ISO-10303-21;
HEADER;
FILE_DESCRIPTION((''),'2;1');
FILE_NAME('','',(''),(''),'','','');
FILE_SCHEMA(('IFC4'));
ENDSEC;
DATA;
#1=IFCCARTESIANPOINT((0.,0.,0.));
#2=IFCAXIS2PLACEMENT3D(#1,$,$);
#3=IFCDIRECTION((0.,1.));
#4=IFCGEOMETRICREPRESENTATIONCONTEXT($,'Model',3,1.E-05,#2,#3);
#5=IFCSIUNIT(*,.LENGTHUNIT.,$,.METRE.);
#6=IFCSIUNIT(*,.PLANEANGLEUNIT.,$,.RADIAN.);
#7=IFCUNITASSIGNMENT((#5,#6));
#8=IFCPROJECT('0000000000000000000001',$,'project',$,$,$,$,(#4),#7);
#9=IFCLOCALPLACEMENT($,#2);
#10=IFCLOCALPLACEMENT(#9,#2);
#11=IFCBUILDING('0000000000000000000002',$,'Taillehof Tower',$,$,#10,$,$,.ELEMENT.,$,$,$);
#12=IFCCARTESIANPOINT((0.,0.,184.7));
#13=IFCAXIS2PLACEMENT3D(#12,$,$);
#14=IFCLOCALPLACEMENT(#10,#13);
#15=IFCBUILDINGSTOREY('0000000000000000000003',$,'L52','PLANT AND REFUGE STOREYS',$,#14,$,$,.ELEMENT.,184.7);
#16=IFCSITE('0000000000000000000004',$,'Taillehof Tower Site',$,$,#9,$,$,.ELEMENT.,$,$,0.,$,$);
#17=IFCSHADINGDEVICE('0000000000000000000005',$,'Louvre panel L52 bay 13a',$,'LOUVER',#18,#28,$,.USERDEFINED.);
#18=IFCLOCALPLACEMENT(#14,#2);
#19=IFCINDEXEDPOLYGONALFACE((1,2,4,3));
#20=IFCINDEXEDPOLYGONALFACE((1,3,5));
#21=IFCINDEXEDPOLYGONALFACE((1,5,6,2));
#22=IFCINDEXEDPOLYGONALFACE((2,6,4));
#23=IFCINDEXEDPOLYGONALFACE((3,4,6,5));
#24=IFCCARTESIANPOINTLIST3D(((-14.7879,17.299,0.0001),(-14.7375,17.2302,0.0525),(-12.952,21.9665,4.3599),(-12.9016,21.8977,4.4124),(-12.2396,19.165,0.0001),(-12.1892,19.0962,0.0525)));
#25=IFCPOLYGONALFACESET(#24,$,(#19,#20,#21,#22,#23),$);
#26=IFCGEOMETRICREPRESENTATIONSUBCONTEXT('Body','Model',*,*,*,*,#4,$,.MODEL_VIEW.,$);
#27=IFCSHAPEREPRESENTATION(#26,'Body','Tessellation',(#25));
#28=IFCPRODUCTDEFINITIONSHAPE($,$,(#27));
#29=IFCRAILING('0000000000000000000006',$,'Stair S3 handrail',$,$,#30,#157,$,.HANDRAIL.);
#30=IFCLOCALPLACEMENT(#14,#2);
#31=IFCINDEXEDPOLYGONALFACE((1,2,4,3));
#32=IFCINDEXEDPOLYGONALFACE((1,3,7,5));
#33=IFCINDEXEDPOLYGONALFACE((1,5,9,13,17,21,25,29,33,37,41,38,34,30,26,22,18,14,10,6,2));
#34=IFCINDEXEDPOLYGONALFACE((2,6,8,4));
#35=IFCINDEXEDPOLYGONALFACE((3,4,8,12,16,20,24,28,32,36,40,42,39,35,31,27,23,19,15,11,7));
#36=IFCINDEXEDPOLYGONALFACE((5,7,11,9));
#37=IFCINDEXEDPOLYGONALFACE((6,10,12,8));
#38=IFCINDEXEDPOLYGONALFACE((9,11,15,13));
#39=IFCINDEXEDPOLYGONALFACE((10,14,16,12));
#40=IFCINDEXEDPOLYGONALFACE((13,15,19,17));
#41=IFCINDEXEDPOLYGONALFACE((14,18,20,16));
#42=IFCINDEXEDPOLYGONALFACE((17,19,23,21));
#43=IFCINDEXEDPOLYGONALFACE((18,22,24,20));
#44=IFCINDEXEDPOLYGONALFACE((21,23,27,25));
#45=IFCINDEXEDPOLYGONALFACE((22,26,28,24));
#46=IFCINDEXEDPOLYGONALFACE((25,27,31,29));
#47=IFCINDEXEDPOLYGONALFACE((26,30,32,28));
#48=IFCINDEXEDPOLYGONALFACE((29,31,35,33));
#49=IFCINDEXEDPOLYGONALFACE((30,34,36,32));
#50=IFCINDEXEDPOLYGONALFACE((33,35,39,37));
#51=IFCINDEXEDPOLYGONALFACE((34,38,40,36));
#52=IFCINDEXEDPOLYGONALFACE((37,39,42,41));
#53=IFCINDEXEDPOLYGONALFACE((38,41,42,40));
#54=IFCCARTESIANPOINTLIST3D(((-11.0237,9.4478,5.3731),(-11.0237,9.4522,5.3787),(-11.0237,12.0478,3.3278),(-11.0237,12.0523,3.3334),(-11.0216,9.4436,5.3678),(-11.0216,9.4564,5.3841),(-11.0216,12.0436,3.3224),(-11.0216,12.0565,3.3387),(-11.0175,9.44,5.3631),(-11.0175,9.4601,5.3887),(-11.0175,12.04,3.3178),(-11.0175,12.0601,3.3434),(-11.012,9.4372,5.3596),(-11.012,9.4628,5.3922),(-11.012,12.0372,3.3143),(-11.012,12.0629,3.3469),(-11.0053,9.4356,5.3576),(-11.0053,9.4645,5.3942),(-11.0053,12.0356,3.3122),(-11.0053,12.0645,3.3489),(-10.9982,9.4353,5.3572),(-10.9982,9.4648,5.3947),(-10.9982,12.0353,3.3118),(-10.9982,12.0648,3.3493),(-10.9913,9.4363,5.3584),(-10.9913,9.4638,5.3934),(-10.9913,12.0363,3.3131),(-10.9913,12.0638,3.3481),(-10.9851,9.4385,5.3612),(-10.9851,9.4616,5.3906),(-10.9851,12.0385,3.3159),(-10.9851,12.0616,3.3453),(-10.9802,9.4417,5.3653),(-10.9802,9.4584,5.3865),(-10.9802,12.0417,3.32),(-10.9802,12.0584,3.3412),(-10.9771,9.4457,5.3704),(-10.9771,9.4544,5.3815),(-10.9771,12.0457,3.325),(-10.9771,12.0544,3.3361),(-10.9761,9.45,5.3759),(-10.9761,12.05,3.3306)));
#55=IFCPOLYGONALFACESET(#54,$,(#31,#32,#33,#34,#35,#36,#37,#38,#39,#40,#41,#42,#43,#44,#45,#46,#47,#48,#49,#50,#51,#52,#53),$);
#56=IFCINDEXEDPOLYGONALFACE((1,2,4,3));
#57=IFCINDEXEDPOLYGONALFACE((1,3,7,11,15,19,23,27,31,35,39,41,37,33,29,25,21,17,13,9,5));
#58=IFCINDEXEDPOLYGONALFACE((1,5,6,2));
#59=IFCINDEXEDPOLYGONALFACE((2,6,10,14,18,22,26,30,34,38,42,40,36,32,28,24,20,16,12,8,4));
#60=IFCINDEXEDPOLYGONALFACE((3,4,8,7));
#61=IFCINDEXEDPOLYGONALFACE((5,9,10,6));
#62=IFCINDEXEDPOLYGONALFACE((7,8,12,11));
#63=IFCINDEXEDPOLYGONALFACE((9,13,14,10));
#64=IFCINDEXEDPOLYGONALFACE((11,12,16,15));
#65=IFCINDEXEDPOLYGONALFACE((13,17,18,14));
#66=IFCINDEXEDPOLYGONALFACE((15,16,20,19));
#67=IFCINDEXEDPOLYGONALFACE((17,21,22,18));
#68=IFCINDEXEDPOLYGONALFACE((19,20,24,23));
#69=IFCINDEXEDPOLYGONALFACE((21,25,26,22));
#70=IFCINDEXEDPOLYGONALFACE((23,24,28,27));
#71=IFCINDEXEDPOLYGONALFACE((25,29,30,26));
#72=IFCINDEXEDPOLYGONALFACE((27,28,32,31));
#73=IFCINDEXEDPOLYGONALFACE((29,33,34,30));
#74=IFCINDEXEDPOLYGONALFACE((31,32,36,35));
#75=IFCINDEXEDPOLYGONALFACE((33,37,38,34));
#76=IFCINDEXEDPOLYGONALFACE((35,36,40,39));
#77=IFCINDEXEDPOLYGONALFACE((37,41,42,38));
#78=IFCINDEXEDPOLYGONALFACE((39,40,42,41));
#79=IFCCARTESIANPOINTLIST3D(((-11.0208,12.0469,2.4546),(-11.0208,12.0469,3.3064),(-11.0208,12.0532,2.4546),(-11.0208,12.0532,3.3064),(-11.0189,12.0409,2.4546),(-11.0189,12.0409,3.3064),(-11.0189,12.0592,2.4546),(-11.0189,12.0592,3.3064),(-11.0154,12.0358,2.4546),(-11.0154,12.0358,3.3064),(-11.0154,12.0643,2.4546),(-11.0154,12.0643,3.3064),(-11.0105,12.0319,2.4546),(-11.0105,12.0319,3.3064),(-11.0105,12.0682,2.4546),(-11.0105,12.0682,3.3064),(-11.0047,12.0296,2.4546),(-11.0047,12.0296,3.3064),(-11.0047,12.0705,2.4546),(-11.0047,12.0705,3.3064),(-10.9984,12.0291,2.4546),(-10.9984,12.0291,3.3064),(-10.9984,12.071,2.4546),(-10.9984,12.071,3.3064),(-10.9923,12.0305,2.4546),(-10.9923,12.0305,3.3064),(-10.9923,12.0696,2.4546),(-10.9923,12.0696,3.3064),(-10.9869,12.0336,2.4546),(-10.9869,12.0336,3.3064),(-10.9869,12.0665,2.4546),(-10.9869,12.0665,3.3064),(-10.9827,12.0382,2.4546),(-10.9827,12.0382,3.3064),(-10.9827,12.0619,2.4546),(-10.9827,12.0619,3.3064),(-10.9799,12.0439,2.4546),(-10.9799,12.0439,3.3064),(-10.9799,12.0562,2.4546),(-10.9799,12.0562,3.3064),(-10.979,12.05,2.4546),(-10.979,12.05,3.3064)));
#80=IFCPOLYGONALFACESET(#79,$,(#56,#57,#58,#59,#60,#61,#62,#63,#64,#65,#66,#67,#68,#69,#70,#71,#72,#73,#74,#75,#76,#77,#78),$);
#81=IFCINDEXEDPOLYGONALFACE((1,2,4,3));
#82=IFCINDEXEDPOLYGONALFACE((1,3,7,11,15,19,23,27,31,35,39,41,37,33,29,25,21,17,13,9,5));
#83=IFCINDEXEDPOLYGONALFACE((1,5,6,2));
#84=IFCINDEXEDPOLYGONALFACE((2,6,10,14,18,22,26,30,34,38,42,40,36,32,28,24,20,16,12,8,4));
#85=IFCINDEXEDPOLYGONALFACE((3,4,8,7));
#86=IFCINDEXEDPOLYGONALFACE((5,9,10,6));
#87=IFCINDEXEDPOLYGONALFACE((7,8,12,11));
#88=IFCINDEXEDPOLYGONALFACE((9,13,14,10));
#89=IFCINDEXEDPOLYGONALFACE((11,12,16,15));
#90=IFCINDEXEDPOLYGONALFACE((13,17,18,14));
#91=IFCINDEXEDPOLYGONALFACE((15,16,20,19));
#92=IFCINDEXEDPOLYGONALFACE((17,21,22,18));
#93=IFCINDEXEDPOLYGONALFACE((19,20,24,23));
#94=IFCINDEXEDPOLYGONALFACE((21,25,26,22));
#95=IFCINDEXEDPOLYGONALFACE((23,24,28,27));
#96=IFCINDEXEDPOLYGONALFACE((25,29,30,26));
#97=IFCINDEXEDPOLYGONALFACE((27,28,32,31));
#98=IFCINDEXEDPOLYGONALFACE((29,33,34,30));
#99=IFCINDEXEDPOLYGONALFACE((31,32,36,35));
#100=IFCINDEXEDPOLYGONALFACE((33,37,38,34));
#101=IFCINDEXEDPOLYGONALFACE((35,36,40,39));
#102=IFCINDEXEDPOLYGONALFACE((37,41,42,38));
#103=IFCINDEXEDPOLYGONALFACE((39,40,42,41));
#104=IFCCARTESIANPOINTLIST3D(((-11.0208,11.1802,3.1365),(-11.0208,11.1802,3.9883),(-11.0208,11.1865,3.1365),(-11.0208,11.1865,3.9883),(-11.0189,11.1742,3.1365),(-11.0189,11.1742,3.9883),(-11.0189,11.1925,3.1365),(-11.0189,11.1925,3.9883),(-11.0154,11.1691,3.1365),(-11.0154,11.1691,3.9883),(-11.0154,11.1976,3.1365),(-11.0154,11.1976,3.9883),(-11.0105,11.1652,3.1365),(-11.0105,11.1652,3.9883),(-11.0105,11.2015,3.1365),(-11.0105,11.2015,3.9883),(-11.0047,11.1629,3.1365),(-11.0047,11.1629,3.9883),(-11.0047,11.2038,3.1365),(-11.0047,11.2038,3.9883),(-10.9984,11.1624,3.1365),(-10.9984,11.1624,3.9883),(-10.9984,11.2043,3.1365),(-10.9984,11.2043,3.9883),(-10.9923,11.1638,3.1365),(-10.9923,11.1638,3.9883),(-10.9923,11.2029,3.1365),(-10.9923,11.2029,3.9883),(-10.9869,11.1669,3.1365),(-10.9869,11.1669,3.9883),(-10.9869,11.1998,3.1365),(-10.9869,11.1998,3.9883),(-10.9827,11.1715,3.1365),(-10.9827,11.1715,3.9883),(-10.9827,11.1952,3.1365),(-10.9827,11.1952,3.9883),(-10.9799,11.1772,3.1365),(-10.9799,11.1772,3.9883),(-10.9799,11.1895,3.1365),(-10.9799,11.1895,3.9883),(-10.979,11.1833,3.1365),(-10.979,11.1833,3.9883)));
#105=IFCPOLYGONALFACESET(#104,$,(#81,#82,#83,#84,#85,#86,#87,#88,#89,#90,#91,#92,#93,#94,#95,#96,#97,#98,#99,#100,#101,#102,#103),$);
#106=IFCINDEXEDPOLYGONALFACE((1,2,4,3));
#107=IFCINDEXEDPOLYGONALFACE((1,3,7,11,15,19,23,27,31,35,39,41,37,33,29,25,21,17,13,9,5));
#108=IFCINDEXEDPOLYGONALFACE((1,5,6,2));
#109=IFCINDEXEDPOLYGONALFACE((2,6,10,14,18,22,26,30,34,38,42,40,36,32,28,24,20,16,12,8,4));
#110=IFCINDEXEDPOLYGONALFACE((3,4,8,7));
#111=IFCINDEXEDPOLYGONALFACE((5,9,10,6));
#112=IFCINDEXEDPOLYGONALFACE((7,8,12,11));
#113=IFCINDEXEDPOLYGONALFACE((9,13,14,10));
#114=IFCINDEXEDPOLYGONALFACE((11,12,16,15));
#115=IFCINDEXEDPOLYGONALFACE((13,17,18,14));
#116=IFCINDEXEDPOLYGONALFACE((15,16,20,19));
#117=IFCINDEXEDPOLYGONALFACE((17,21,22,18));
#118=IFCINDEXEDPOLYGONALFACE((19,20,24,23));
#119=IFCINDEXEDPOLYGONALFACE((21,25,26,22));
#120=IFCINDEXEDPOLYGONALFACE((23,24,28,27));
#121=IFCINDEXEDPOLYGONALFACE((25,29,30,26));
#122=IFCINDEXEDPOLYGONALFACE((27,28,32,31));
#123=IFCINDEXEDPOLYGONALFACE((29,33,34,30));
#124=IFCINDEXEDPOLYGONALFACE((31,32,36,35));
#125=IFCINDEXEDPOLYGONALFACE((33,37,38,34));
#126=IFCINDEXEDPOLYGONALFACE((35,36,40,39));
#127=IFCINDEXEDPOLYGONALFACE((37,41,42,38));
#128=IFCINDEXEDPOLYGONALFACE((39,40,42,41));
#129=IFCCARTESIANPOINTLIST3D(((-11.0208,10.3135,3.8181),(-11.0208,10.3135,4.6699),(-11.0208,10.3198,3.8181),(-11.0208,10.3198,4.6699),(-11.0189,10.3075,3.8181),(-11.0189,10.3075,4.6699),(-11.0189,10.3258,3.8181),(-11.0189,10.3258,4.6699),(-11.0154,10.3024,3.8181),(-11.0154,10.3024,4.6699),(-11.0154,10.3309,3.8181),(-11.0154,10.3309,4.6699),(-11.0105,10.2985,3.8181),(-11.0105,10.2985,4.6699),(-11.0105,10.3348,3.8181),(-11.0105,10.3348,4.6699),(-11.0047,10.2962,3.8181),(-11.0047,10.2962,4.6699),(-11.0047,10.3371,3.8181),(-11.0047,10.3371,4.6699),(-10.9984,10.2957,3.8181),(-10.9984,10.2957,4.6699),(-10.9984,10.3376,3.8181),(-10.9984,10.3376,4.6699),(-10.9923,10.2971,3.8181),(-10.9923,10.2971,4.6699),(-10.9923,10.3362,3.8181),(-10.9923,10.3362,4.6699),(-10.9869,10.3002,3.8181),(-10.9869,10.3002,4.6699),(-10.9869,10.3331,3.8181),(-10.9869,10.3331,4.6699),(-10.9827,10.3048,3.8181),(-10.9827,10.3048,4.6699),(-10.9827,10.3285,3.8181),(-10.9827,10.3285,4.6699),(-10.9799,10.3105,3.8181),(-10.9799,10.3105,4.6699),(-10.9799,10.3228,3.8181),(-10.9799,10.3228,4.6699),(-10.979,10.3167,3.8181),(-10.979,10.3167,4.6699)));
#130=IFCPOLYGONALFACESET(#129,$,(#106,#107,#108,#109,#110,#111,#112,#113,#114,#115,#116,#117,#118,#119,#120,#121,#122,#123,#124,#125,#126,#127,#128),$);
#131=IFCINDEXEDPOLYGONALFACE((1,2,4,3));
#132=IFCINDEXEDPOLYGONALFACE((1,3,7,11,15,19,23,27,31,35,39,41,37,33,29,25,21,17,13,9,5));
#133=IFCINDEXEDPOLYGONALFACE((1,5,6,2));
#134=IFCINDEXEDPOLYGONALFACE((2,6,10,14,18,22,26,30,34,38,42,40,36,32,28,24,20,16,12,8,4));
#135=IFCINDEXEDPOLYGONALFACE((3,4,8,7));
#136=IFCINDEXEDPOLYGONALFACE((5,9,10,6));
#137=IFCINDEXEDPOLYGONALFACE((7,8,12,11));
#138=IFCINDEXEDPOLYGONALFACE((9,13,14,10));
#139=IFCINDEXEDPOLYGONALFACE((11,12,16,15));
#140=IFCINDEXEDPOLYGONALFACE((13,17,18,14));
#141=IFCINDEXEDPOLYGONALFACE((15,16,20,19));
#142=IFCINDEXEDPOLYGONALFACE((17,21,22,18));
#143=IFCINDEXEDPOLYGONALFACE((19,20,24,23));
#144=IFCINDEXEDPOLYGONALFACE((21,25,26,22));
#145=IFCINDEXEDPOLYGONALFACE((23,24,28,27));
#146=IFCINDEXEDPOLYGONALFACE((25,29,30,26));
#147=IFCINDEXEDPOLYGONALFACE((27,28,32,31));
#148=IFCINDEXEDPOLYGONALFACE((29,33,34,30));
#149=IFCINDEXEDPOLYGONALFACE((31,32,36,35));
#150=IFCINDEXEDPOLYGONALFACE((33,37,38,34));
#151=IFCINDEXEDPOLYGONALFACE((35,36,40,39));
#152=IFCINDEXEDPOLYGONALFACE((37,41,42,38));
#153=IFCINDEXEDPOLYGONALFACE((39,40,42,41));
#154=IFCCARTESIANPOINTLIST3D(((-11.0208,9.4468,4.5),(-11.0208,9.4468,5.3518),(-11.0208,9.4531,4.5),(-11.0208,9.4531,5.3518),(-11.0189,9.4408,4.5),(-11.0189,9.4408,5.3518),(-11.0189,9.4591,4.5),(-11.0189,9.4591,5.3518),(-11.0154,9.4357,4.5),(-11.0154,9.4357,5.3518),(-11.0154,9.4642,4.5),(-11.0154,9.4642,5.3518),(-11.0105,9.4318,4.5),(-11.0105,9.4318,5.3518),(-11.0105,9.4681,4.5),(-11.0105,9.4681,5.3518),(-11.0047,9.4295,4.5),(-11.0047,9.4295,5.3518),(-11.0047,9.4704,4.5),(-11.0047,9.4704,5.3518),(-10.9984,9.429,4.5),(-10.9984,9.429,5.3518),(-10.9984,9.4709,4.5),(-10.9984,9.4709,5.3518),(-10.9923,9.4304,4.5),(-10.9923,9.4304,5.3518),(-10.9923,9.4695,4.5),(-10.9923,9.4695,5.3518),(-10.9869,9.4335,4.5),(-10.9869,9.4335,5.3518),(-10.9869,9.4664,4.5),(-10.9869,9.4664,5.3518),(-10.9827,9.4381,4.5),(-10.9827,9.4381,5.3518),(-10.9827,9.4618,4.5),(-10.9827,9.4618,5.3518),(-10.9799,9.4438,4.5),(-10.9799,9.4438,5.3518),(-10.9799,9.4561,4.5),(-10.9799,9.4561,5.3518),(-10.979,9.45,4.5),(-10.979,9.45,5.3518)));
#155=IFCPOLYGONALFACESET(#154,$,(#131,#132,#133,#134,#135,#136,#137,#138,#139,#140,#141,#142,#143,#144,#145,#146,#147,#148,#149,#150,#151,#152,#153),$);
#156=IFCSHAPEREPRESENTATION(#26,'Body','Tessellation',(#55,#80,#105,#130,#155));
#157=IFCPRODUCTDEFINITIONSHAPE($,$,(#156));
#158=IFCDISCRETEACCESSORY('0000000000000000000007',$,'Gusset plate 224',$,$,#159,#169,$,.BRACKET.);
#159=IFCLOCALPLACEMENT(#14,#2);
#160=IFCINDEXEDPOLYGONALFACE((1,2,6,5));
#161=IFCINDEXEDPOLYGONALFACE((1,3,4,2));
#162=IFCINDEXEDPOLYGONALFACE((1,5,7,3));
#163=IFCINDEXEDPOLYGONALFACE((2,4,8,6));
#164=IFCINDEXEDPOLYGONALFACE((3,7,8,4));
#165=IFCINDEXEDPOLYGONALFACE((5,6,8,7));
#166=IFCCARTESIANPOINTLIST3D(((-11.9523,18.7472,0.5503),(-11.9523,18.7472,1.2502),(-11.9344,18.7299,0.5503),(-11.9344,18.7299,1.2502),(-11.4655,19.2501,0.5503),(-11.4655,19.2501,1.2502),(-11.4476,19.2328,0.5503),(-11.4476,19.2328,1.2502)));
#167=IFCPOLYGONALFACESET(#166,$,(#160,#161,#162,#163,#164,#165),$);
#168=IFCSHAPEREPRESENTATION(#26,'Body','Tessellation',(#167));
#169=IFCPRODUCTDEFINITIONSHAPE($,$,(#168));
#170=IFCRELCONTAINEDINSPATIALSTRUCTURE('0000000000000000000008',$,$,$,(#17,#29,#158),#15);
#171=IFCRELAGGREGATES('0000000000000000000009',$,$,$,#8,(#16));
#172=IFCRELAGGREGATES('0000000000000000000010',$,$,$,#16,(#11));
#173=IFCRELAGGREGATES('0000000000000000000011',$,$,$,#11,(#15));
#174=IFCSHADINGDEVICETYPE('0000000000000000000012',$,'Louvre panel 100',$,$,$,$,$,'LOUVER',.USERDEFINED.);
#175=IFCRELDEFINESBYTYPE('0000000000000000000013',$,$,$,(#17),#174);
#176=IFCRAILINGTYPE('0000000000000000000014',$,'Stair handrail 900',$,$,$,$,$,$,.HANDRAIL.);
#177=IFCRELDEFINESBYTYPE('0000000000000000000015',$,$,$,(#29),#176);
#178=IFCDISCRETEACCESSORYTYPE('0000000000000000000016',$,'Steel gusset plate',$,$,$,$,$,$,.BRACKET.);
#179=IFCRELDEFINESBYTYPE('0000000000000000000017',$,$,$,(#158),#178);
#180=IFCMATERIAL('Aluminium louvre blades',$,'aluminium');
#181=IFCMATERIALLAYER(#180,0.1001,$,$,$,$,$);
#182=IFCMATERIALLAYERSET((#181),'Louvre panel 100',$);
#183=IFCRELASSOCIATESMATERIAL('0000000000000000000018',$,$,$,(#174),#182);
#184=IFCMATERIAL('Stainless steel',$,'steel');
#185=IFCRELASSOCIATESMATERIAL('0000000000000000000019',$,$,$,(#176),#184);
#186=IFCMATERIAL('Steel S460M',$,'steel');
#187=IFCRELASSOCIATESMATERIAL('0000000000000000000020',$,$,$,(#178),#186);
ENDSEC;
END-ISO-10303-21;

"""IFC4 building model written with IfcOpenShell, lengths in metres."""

from ifc_helpers import new_model, si_unit, direction, frame, origin, origin_2d, place, context, subcontext, project, spatial, polyline, rectangle, circle, outline, extrude, material, layer, layer_set, type_object, element, save


model = new_model("IFC4")

# Units and contexts
model_context = context("Model", 3, precision=1e-05, world=origin(), true_north=direction((0.0, 1.0)))
body_context = subcontext(model_context, "Body", "Model", "MODEL_VIEW")
ifc_project = project(units=[si_unit("LENGTHUNIT", "METRE"), si_unit("PLANEANGLEUNIT", "RADIAN")], contexts=[model_context])

# Site, building, storey
site_placement = place(None, origin())
site = spatial("IfcSite", under=ifc_project, at=site_placement, Name="Taillehof Tower Site", CompositionType="ELEMENT", RefElevation=0.0)
building_placement = place(site_placement, origin())
building = spatial("IfcBuilding", under=site, at=building_placement, Name="Taillehof Tower", CompositionType="ELEMENT")
storey_placement = place(building_placement, frame((0.0, 0.0, 184.7)))
storey = spatial("IfcBuildingStorey", under=building, at=storey_placement, Name="L52", Description="PLANT AND REFUGE STOREYS", CompositionType="ELEMENT", Elevation=184.7)

# Shading device
ifc_material_1 = material(Name="Aluminium louvre blades", Category="aluminium")
ifc_layer_1 = layer(ifc_material_1, 0.1001)
ifc_layer_set_1 = layer_set([ifc_layer_1], Name="Louvre panel 100")
shading_device_type = type_object("IfcShadingDeviceType", Name="Louvre panel 100", ElementType="LOUVER", PredefinedType="USERDEFINED", material=ifc_layer_set_1)
shading_device_1_placement = place(storey_placement, frame((-12.1892, 19.0962, 0.0525), z_axis=(0.503237, -0.687268, 0.523846), x_axis=(-0.80683, -0.590784, 0.0)))
element("IfcShadingDevice", 1, at=shading_device_1_placement, inside=storey, type_object=shading_device_type, Name="Louvre panel L52 bay 13a", ObjectType="LOUVER", PredefinedType="USERDEFINED", context=body_context, shape_type="SweptSolid", body=[
    extrude(outline(polyline([(0.0, 0.0), (3.1585, 0.0), (-1.0803, -5.1183), (0.0, 0.0)])), origin(), (0.0, 0.0, -1.0), 0.1001),
])

# Railing
ifc_material_2 = material(Name="Stainless steel", Category="steel")
railing_type = type_object("IfcRailingType", Name="Stair handrail 900", PredefinedType="HANDRAIL", material=ifc_material_2)
railing_placement = place(storey_placement, frame((-11.0, 12.05, 2.4546)))
element("IfcRailing", 2, at=railing_placement, inside=storey, type_object=railing_type, Name="Stair S3 handrail", PredefinedType="HANDRAIL", context=body_context, shape_type="SweptSolid", body=[
    extrude(circle(Radius=0.0239, at=origin_2d()), frame((0.0, 0.0, 0.876), z_axis=(0.0, -0.785955, 0.618284), x_axis=(1.0, 0.0, 0.0)), (0.0, 0.0, 1.0), 3.3081),
    extrude(circle(Radius=0.021, at=origin_2d()), origin(), (0.0, 0.0, 1.0), 0.8518),
    extrude(circle(Radius=0.021, at=origin_2d()), frame((0.0, -0.8667, 0.6819)), (0.0, 0.0, 1.0), 0.8518),
    extrude(circle(Radius=0.021, at=origin_2d()), frame((0.0, -1.7334, 1.3635)), (0.0, 0.0, 1.0), 0.8518),
    extrude(circle(Radius=0.021, at=origin_2d()), frame((0.0, -2.6001, 2.0454)), (0.0, 0.0, 1.0), 0.8518),
])

# Discrete accessory
ifc_material_3 = material(Name="Steel S460M", Category="steel")
discrete_accessory_type = type_object("IfcDiscreteAccessoryType", Name="Steel gusset plate", PredefinedType="BRACKET", material=ifc_material_3)
discrete_accessory_placement = place(storey_placement, frame((-11.7, 18.99, 0.5503), z_axis=(0.0, 0.0, 1.0), x_axis=(-0.695557, -0.718471, 0.0)))
element("IfcDiscreteAccessory", 3, at=discrete_accessory_placement, inside=storey, type_object=discrete_accessory_type, Name="Gusset plate 224", PredefinedType="BRACKET", context=body_context, shape_type="SweptSolid", body=[
    extrude(rectangle(XDim=0.7, YDim=0.0249, at=origin_2d()), origin(), (0.0, 0.0, 1.0), 0.7),
])

save(model, "model.ifc")
